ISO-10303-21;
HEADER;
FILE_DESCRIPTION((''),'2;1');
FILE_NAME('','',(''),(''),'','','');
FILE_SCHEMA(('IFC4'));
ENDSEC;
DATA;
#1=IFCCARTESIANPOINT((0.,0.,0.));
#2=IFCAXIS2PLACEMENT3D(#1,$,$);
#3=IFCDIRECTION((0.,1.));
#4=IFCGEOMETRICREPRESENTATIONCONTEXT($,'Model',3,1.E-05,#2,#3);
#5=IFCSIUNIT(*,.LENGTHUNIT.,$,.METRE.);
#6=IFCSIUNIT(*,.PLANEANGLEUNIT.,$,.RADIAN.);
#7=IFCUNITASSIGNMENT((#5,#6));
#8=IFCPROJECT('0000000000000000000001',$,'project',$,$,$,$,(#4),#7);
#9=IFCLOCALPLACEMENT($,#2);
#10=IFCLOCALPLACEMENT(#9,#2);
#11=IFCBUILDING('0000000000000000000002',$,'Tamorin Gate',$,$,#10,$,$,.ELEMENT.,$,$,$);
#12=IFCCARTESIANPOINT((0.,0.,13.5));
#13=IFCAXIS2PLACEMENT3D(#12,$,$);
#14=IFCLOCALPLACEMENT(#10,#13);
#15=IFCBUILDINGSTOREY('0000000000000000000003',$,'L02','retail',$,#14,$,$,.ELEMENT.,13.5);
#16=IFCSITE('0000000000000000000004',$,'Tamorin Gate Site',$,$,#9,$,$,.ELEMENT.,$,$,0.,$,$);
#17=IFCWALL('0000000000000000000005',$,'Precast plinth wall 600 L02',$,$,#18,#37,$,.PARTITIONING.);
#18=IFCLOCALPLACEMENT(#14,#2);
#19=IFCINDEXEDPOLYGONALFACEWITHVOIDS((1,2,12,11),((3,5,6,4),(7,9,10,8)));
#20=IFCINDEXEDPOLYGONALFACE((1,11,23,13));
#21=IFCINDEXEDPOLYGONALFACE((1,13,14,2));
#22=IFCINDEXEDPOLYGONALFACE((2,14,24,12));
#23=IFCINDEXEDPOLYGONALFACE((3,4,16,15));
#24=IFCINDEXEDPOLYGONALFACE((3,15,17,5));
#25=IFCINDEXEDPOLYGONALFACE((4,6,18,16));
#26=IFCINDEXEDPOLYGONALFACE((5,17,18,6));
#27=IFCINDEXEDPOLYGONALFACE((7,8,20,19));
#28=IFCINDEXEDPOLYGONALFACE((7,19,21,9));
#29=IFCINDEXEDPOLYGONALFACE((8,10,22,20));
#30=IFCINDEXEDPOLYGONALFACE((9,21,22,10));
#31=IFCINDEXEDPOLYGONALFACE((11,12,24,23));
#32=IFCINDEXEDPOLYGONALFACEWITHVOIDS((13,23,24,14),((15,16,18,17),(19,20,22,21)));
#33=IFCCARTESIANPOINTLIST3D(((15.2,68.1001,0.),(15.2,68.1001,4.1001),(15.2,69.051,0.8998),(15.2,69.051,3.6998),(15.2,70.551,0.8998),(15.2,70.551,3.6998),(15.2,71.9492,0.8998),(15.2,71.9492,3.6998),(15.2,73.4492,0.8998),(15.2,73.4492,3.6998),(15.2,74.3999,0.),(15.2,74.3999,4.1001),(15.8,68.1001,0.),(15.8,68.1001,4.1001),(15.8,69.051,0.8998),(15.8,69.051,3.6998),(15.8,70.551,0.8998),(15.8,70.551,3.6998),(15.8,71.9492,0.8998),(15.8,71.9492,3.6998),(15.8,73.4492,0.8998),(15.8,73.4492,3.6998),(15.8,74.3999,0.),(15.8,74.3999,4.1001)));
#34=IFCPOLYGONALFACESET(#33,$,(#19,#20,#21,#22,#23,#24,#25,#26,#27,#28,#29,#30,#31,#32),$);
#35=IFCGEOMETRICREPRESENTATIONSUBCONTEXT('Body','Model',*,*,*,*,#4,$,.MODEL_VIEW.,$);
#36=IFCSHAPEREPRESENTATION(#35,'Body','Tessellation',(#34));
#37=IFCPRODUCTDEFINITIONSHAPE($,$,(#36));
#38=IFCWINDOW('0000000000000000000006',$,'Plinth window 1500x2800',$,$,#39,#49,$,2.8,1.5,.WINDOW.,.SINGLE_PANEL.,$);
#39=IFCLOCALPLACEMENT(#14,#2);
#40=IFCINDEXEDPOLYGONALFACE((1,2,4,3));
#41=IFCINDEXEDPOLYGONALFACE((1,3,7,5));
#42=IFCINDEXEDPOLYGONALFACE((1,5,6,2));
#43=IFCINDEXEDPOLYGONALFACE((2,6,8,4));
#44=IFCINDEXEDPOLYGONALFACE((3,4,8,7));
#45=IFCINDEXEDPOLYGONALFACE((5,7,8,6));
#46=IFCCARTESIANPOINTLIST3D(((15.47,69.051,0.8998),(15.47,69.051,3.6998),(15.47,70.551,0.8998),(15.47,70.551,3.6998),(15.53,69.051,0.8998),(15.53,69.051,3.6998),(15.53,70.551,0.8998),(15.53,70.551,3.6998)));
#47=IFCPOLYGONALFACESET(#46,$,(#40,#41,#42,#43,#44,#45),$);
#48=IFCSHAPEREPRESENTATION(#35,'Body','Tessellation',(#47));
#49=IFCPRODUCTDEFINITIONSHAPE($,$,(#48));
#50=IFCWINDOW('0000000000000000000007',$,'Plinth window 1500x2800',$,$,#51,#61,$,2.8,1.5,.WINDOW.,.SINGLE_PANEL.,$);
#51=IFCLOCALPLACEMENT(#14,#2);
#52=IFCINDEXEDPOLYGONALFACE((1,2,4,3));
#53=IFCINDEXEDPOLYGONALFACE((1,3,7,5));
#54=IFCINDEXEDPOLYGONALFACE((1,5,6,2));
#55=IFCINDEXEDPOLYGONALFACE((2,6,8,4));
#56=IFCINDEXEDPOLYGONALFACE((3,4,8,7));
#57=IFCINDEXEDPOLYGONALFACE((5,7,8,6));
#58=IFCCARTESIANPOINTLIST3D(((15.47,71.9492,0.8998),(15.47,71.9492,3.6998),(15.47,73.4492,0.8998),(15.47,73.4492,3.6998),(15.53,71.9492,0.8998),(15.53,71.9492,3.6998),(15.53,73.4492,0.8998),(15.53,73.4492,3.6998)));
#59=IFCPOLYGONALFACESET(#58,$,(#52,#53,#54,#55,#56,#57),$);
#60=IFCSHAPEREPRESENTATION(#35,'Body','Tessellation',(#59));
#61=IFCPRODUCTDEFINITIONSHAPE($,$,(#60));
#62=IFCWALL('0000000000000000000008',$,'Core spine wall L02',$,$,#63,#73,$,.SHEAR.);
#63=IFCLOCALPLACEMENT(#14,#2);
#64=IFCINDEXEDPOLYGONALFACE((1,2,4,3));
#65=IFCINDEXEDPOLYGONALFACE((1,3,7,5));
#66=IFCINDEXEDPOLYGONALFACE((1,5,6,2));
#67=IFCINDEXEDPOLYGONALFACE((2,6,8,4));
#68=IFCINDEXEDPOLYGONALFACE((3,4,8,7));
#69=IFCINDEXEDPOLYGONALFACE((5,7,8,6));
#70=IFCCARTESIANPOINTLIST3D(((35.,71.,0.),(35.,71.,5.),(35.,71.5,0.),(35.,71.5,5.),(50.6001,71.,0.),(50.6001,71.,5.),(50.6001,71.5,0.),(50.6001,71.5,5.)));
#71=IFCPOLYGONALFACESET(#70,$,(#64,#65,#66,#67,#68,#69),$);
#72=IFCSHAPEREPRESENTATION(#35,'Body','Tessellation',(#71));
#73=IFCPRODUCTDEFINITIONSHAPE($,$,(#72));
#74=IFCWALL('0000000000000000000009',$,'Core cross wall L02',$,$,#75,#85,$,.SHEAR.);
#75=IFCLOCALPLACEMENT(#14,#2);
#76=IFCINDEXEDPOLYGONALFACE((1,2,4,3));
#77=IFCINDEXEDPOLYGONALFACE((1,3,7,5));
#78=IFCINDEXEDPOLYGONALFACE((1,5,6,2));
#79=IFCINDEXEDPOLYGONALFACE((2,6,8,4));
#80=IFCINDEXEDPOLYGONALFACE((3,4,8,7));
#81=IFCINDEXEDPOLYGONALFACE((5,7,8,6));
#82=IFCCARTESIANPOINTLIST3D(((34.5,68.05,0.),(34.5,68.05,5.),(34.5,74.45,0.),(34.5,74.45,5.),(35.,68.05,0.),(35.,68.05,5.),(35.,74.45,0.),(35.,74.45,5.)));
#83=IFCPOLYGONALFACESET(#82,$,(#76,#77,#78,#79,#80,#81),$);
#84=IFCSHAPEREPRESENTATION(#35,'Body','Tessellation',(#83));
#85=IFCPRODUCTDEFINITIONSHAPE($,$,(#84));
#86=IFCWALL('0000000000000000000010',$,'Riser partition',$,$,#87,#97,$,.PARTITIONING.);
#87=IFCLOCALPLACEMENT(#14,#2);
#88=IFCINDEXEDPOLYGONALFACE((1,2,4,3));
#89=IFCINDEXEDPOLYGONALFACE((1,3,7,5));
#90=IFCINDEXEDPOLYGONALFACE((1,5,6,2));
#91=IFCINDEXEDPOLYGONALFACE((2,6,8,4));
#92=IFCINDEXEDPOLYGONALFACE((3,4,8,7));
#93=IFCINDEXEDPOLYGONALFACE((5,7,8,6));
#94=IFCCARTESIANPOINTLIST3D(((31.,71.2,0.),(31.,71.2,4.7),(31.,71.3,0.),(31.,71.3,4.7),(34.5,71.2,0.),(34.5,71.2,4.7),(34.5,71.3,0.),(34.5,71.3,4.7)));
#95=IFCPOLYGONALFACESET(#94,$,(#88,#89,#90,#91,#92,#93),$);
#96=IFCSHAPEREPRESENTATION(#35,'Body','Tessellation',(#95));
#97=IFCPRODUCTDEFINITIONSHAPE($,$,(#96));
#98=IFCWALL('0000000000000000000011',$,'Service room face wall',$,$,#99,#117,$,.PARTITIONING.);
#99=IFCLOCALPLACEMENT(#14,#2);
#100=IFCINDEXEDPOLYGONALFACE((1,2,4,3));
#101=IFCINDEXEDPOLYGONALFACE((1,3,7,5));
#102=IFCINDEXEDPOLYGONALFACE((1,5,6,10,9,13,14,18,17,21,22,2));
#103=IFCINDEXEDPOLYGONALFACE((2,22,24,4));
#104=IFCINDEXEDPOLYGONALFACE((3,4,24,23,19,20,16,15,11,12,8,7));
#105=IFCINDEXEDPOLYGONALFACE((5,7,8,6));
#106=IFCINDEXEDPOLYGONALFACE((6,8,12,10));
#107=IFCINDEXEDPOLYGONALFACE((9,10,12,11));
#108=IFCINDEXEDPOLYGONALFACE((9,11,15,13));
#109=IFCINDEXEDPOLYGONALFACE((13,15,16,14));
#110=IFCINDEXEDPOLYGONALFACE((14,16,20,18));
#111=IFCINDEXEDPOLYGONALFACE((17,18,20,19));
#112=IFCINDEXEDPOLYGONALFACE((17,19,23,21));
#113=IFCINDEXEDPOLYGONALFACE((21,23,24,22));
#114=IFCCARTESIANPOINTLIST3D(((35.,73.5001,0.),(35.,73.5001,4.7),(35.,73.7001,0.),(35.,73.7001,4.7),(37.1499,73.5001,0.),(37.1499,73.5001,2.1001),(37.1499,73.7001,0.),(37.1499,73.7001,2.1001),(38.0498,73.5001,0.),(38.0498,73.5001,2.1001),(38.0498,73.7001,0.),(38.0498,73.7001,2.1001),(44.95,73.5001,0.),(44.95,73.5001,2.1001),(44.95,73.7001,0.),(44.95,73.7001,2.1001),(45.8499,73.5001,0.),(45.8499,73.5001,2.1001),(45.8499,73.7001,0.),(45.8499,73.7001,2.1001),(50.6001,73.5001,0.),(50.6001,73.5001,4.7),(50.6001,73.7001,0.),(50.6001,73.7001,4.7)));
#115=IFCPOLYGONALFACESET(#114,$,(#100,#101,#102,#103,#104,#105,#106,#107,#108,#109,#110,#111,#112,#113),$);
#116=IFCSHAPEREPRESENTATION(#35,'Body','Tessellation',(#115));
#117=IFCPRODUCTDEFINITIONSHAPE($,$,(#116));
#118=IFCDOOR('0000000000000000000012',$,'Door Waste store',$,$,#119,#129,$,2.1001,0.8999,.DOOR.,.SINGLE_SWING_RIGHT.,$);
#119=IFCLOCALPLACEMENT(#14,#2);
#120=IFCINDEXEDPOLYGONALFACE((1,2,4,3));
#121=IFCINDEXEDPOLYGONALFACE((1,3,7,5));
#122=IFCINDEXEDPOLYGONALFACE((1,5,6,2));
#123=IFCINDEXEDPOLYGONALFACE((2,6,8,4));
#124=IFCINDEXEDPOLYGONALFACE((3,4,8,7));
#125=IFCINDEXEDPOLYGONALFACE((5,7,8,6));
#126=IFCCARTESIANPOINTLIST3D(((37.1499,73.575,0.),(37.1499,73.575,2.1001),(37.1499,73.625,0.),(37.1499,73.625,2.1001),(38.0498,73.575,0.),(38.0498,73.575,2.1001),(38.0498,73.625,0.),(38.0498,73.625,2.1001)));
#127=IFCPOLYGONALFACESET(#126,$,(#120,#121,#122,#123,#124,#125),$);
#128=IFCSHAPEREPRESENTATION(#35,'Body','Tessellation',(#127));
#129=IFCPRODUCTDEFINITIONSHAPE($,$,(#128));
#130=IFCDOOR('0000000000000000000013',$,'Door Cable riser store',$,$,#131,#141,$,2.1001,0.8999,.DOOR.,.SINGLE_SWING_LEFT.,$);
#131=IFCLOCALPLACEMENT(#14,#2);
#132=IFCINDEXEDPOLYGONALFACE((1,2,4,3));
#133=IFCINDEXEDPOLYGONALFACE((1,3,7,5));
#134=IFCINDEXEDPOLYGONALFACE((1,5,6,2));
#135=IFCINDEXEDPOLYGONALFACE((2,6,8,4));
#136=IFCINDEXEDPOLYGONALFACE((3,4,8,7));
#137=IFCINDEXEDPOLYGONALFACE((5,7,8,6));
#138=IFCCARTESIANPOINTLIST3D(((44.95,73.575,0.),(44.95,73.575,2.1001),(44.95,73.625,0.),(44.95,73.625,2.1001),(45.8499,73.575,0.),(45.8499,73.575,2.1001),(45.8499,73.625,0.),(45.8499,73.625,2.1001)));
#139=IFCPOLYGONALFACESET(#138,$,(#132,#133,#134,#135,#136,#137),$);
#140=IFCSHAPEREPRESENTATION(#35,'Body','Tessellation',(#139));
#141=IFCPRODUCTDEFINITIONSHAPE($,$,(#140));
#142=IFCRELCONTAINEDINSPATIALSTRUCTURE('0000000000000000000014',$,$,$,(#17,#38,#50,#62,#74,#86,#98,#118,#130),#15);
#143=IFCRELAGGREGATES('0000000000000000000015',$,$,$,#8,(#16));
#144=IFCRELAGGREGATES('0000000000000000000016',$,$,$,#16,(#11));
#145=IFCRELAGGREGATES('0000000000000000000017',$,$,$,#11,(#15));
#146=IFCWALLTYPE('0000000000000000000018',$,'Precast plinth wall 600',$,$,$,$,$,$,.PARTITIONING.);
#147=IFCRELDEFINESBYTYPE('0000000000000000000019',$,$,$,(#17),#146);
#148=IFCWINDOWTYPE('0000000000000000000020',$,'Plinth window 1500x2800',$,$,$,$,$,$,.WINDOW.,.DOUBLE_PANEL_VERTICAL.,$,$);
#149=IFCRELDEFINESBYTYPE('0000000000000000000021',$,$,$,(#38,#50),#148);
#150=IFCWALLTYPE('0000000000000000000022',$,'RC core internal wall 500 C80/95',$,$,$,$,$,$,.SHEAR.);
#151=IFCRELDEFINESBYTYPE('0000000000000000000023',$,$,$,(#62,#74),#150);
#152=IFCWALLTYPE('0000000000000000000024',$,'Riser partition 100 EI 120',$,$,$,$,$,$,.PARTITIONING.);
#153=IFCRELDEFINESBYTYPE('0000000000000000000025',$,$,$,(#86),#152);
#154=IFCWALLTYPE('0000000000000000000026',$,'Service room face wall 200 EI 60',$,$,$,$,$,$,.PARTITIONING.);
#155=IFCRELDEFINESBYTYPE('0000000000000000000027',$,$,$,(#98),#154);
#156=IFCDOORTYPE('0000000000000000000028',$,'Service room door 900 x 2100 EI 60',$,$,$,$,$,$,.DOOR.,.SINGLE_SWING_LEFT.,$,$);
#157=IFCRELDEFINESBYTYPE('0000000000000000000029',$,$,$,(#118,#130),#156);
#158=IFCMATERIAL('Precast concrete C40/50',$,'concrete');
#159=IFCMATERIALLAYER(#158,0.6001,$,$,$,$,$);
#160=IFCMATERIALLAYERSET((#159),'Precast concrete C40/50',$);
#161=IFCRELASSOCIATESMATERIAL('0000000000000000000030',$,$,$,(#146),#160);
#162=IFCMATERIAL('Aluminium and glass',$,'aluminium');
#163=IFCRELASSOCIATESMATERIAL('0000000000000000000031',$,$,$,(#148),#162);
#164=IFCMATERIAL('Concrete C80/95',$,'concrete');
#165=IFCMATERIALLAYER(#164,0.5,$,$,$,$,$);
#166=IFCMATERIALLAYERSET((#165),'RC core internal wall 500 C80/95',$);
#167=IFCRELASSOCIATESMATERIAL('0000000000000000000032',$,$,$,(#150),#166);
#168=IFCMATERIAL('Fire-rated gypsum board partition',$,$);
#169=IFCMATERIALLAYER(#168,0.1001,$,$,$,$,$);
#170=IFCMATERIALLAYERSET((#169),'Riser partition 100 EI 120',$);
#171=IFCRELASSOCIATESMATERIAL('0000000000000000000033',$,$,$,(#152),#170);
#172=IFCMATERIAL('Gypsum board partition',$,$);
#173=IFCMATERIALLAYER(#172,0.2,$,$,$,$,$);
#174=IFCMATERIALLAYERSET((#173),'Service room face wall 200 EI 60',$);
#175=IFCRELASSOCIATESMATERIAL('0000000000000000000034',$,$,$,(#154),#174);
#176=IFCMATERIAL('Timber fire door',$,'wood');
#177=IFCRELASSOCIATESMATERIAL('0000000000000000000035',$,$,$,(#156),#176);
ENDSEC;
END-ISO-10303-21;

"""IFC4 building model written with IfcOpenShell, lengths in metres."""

from ifc_helpers import new_model, si_unit, direction, frame, frame_2d, origin, place, context, subcontext, project, spatial, rectangle, extrude, material, layer, layer_set, type_object, element, fill, save


model = new_model("IFC4")

# Units and contexts
model_context = context("Model", 3, precision=1e-05, world=origin(), true_north=direction((0.0, 1.0)))
body_context = subcontext(model_context, "Body", "Model", "MODEL_VIEW")
ifc_project = project(units=[si_unit("LENGTHUNIT", "METRE"), si_unit("PLANEANGLEUNIT", "RADIAN")], contexts=[model_context])

# Site, building, storey
site_placement = place(None, origin())
site = spatial("IfcSite", under=ifc_project, at=site_placement, Name="Tamorin Gate Site", CompositionType="ELEMENT", RefElevation=0.0)
building_placement = place(site_placement, origin())
building = spatial("IfcBuilding", under=site, at=building_placement, Name="Tamorin Gate", CompositionType="ELEMENT")
storey_placement = place(building_placement, frame((0.0, 0.0, 13.5)))
storey = spatial("IfcBuildingStorey", under=building, at=storey_placement, Name="L02", Description="retail", CompositionType="ELEMENT", Elevation=13.5)

# Shared definitions
ifc_material_1 = material(Name="Concrete C80/95", Category="concrete")

# Shared definitions
ifc_material_2 = material(Name="Fire-rated gypsum board partition")

# Wall, openings, windows
ifc_material_3 = material(Name="Precast concrete C40/50", Category="concrete")
ifc_layer_1 = layer(ifc_material_3, 0.6001)
ifc_layer_set_1 = layer_set([ifc_layer_1], Name="Precast concrete C40/50")
wall_type_1 = type_object("IfcWallType", Name="Precast plinth wall 600", PredefinedType="PARTITIONING", material=ifc_layer_set_1)
wall_1_placement = place(storey_placement, frame((15.5, 68.1001, 0.0), z_axis=(0.0, 0.0, 1.0), x_axis=(0.0, 1.0, 0.0)))
wall_1 = element("IfcWall", 1, at=wall_1_placement, inside=storey, type_object=wall_type_1, Name="Precast plinth wall 600 L02", PredefinedType="PARTITIONING", context=body_context, shape_type="SweptSolid", body=[
    extrude(rectangle(XDim=6.2998, YDim=0.6001, at=frame_2d((3.1499, 0.0))), origin(), (0.0, 0.0, 1.0), 4.1001),
])
opening_1_placement = place(wall_1_placement, frame((0.9509, 0.0, 0.8999)))
opening_1 = element("IfcOpeningElement", 2, at=opening_1_placement, cuts=wall_1, PredefinedType="OPENING", context=body_context, shape_type="SweptSolid", body=[
    extrude(rectangle(XDim=1.5, YDim=2.8, at=frame_2d((0.75, 1.3999))), frame((0.0, 0.3101, 0.0), z_axis=(0.0, -1.0, 0.0), x_axis=(1.0, 0.0, 0.0)), (0.0, 0.0, 1.0), 0.6201),
])
opening_2_placement = place(wall_1_placement, frame((3.8491, 0.0, 0.8999)))
opening_2 = element("IfcOpeningElement", 3, at=opening_2_placement, cuts=wall_1, PredefinedType="OPENING", context=body_context, shape_type="SweptSolid", body=[
    extrude(rectangle(XDim=1.5, YDim=2.8, at=frame_2d((0.75, 1.3999))), frame((0.0, 0.3101, 0.0), z_axis=(0.0, -1.0, 0.0), x_axis=(1.0, 0.0, 0.0)), (0.0, 0.0, 1.0), 0.6201),
])
ifc_material_4 = material(Name="Aluminium and glass", Category="aluminium")
window_type = type_object("IfcWindowType", Name="Plinth window 1500x2800", PartitioningType="DOUBLE_PANEL_VERTICAL", PredefinedType="WINDOW", material=ifc_material_4)
window_1_placement = place(opening_1_placement, origin())
window_1 = element("IfcWindow", 4, at=window_1_placement, inside=storey, type_object=window_type, Name="Plinth window 1500x2800", OverallHeight=2.8, OverallWidth=1.5, PartitioningType="SINGLE_PANEL", PredefinedType="WINDOW", context=body_context, shape_type="SweptSolid", body=[
    extrude(rectangle(XDim=1.5, YDim=2.8, at=frame_2d((0.75, 1.3999))), frame((0.0, 0.03, 0.0), z_axis=(0.0, -1.0, 0.0), x_axis=(1.0, 0.0, 0.0)), (0.0, 0.0, 1.0), 0.0601),
])
fill(opening_1, window_1)
window_2_placement = place(opening_2_placement, origin())
window_2 = element("IfcWindow", 5, at=window_2_placement, inside=storey, type_object=window_type, Name="Plinth window 1500x2800", OverallHeight=2.8, OverallWidth=1.5, PartitioningType="SINGLE_PANEL", PredefinedType="WINDOW", context=body_context, shape_type="SweptSolid", body=[
    extrude(rectangle(XDim=1.5, YDim=2.8, at=frame_2d((0.75, 1.3999))), frame((0.0, 0.03, 0.0), z_axis=(0.0, -1.0, 0.0), x_axis=(1.0, 0.0, 0.0)), (0.0, 0.0, 1.0), 0.0601),
])
fill(opening_2, window_2)

# Walls
ifc_layer_2 = layer(ifc_material_1, 0.5)
ifc_layer_set_2 = layer_set([ifc_layer_2], Name="RC core internal wall 500 C80/95")
wall_type_2 = type_object("IfcWallType", Name="RC core internal wall 500 C80/95", PredefinedType="SHEAR", material=ifc_layer_set_2)
wall_2_placement = place(storey_placement, frame((35.0, 71.25, 0.0), z_axis=(0.0, 0.0, 1.0), x_axis=(1.0, 0.0, 0.0)))
element("IfcWall", 6, at=wall_2_placement, inside=storey, type_object=wall_type_2, Name="Core spine wall L02", PredefinedType="SHEAR", context=body_context, shape_type="SweptSolid", body=[
    extrude(rectangle(XDim=15.6001, YDim=0.5, at=frame_2d((7.8, 0.0))), origin(), (0.0, 0.0, 1.0), 5.0),
])
wall_3_placement = place(storey_placement, frame((34.75, 68.05, 0.0), z_axis=(0.0, 0.0, 1.0), x_axis=(0.0, 1.0, 0.0)))
element("IfcWall", 7, at=wall_3_placement, inside=storey, type_object=wall_type_2, Name="Core cross wall L02", PredefinedType="SHEAR", context=body_context, shape_type="SweptSolid", body=[
    extrude(rectangle(XDim=6.3999, YDim=0.5, at=frame_2d((3.2, 0.0))), origin(), (0.0, 0.0, 1.0), 5.0),
])
ifc_layer_3 = layer(ifc_material_2, 0.1001)
ifc_layer_set_3 = layer_set([ifc_layer_3], Name="Riser partition 100 EI 120")
wall_type_3 = type_object("IfcWallType", Name="Riser partition 100 EI 120", PredefinedType="PARTITIONING", material=ifc_layer_set_3)
wall_4_placement = place(storey_placement, frame((31.0, 71.25, 0.0), z_axis=(0.0, 0.0, 1.0), x_axis=(1.0, 0.0, 0.0)))
element("IfcWall", 8, at=wall_4_placement, inside=storey, type_object=wall_type_3, Name="Riser partition", PredefinedType="PARTITIONING", context=body_context, shape_type="SweptSolid", body=[
    extrude(rectangle(XDim=3.5, YDim=0.1001, at=frame_2d((1.75, 0.0))), origin(), (0.0, 0.0, 1.0), 4.7),
])

# Wall, openings, doors
ifc_material_5 = material(Name="Gypsum board partition")
ifc_layer_4 = layer(ifc_material_5, 0.2)
ifc_layer_set_4 = layer_set([ifc_layer_4], Name="Service room face wall 200 EI 60")
wall_type_4 = type_object("IfcWallType", Name="Service room face wall 200 EI 60", PredefinedType="PARTITIONING", material=ifc_layer_set_4)
wall_5_placement = place(storey_placement, frame((35.0, 73.6001, 0.0), z_axis=(0.0, 0.0, 1.0), x_axis=(1.0, 0.0, 0.0)))
wall_5 = element("IfcWall", 9, at=wall_5_placement, inside=storey, type_object=wall_type_4, Name="Service room face wall", PredefinedType="PARTITIONING", context=body_context, shape_type="SweptSolid", body=[
    extrude(rectangle(XDim=15.6001, YDim=0.2, at=frame_2d((7.8, 0.0))), origin(), (0.0, 0.0, 1.0), 4.7),
])
opening_3_placement = place(wall_5_placement, frame((2.1499, 0.0, 0.0)))
opening_3 = element("IfcOpeningElement", 10, at=opening_3_placement, cuts=wall_5, PredefinedType="OPENING", context=body_context, shape_type="SweptSolid", body=[
    extrude(rectangle(XDim=0.8999, YDim=2.1001, at=frame_2d((0.45, 1.05))), frame((0.0, 0.1099, 0.0), z_axis=(0.0, -1.0, 0.0), x_axis=(1.0, 0.0, 0.0)), (0.0, 0.0, 1.0), 0.22),
])
opening_4_placement = place(wall_5_placement, frame((9.95, 0.0, 0.0)))
opening_4 = element("IfcOpeningElement", 11, at=opening_4_placement, cuts=wall_5, PredefinedType="OPENING", context=body_context, shape_type="SweptSolid", body=[
    extrude(rectangle(XDim=0.8999, YDim=2.1001, at=frame_2d((0.45, 1.05))), frame((0.0, 0.1099, 0.0), z_axis=(0.0, -1.0, 0.0), x_axis=(1.0, 0.0, 0.0)), (0.0, 0.0, 1.0), 0.22),
])
ifc_material_6 = material(Name="Timber fire door", Category="wood")
door_type_1 = type_object("IfcDoorType", Name="Service room door 900 x 2100 EI 60", OperationType="SINGLE_SWING_LEFT", PredefinedType="DOOR", material=ifc_material_6)
door_1_placement = place(opening_3_placement, origin())
door_1 = element("IfcDoor", 12, at=door_1_placement, inside=storey, type_object=door_type_1, Name="Door Waste store", OperationType="SINGLE_SWING_RIGHT", OverallHeight=2.1001, OverallWidth=0.8999, PredefinedType="DOOR", context=body_context, shape_type="SweptSolid", body=[
    extrude(rectangle(XDim=0.8999, YDim=2.1001, at=frame_2d((0.45, 1.05))), frame((0.0, 0.0249, 0.0), z_axis=(0.0, -1.0, 0.0), x_axis=(1.0, 0.0, 0.0)), (0.0, 0.0, 1.0), 0.05),
])
fill(opening_3, door_1)
door_2_placement = place(opening_4_placement, origin())
door_2 = element("IfcDoor", 13, at=door_2_placement, inside=storey, type_object=door_type_1, Name="Door Cable riser store", OperationType="SINGLE_SWING_LEFT", OverallHeight=2.1001, OverallWidth=0.8999, PredefinedType="DOOR", context=body_context, shape_type="SweptSolid", body=[
    extrude(rectangle(XDim=0.8999, YDim=2.1001, at=frame_2d((0.45, 1.05))), frame((0.0, 0.0249, 0.0), z_axis=(0.0, -1.0, 0.0), x_axis=(1.0, 0.0, 0.0)), (0.0, 0.0, 1.0), 0.05),
])
fill(opening_4, door_2)

save(model, "model.ifc")
